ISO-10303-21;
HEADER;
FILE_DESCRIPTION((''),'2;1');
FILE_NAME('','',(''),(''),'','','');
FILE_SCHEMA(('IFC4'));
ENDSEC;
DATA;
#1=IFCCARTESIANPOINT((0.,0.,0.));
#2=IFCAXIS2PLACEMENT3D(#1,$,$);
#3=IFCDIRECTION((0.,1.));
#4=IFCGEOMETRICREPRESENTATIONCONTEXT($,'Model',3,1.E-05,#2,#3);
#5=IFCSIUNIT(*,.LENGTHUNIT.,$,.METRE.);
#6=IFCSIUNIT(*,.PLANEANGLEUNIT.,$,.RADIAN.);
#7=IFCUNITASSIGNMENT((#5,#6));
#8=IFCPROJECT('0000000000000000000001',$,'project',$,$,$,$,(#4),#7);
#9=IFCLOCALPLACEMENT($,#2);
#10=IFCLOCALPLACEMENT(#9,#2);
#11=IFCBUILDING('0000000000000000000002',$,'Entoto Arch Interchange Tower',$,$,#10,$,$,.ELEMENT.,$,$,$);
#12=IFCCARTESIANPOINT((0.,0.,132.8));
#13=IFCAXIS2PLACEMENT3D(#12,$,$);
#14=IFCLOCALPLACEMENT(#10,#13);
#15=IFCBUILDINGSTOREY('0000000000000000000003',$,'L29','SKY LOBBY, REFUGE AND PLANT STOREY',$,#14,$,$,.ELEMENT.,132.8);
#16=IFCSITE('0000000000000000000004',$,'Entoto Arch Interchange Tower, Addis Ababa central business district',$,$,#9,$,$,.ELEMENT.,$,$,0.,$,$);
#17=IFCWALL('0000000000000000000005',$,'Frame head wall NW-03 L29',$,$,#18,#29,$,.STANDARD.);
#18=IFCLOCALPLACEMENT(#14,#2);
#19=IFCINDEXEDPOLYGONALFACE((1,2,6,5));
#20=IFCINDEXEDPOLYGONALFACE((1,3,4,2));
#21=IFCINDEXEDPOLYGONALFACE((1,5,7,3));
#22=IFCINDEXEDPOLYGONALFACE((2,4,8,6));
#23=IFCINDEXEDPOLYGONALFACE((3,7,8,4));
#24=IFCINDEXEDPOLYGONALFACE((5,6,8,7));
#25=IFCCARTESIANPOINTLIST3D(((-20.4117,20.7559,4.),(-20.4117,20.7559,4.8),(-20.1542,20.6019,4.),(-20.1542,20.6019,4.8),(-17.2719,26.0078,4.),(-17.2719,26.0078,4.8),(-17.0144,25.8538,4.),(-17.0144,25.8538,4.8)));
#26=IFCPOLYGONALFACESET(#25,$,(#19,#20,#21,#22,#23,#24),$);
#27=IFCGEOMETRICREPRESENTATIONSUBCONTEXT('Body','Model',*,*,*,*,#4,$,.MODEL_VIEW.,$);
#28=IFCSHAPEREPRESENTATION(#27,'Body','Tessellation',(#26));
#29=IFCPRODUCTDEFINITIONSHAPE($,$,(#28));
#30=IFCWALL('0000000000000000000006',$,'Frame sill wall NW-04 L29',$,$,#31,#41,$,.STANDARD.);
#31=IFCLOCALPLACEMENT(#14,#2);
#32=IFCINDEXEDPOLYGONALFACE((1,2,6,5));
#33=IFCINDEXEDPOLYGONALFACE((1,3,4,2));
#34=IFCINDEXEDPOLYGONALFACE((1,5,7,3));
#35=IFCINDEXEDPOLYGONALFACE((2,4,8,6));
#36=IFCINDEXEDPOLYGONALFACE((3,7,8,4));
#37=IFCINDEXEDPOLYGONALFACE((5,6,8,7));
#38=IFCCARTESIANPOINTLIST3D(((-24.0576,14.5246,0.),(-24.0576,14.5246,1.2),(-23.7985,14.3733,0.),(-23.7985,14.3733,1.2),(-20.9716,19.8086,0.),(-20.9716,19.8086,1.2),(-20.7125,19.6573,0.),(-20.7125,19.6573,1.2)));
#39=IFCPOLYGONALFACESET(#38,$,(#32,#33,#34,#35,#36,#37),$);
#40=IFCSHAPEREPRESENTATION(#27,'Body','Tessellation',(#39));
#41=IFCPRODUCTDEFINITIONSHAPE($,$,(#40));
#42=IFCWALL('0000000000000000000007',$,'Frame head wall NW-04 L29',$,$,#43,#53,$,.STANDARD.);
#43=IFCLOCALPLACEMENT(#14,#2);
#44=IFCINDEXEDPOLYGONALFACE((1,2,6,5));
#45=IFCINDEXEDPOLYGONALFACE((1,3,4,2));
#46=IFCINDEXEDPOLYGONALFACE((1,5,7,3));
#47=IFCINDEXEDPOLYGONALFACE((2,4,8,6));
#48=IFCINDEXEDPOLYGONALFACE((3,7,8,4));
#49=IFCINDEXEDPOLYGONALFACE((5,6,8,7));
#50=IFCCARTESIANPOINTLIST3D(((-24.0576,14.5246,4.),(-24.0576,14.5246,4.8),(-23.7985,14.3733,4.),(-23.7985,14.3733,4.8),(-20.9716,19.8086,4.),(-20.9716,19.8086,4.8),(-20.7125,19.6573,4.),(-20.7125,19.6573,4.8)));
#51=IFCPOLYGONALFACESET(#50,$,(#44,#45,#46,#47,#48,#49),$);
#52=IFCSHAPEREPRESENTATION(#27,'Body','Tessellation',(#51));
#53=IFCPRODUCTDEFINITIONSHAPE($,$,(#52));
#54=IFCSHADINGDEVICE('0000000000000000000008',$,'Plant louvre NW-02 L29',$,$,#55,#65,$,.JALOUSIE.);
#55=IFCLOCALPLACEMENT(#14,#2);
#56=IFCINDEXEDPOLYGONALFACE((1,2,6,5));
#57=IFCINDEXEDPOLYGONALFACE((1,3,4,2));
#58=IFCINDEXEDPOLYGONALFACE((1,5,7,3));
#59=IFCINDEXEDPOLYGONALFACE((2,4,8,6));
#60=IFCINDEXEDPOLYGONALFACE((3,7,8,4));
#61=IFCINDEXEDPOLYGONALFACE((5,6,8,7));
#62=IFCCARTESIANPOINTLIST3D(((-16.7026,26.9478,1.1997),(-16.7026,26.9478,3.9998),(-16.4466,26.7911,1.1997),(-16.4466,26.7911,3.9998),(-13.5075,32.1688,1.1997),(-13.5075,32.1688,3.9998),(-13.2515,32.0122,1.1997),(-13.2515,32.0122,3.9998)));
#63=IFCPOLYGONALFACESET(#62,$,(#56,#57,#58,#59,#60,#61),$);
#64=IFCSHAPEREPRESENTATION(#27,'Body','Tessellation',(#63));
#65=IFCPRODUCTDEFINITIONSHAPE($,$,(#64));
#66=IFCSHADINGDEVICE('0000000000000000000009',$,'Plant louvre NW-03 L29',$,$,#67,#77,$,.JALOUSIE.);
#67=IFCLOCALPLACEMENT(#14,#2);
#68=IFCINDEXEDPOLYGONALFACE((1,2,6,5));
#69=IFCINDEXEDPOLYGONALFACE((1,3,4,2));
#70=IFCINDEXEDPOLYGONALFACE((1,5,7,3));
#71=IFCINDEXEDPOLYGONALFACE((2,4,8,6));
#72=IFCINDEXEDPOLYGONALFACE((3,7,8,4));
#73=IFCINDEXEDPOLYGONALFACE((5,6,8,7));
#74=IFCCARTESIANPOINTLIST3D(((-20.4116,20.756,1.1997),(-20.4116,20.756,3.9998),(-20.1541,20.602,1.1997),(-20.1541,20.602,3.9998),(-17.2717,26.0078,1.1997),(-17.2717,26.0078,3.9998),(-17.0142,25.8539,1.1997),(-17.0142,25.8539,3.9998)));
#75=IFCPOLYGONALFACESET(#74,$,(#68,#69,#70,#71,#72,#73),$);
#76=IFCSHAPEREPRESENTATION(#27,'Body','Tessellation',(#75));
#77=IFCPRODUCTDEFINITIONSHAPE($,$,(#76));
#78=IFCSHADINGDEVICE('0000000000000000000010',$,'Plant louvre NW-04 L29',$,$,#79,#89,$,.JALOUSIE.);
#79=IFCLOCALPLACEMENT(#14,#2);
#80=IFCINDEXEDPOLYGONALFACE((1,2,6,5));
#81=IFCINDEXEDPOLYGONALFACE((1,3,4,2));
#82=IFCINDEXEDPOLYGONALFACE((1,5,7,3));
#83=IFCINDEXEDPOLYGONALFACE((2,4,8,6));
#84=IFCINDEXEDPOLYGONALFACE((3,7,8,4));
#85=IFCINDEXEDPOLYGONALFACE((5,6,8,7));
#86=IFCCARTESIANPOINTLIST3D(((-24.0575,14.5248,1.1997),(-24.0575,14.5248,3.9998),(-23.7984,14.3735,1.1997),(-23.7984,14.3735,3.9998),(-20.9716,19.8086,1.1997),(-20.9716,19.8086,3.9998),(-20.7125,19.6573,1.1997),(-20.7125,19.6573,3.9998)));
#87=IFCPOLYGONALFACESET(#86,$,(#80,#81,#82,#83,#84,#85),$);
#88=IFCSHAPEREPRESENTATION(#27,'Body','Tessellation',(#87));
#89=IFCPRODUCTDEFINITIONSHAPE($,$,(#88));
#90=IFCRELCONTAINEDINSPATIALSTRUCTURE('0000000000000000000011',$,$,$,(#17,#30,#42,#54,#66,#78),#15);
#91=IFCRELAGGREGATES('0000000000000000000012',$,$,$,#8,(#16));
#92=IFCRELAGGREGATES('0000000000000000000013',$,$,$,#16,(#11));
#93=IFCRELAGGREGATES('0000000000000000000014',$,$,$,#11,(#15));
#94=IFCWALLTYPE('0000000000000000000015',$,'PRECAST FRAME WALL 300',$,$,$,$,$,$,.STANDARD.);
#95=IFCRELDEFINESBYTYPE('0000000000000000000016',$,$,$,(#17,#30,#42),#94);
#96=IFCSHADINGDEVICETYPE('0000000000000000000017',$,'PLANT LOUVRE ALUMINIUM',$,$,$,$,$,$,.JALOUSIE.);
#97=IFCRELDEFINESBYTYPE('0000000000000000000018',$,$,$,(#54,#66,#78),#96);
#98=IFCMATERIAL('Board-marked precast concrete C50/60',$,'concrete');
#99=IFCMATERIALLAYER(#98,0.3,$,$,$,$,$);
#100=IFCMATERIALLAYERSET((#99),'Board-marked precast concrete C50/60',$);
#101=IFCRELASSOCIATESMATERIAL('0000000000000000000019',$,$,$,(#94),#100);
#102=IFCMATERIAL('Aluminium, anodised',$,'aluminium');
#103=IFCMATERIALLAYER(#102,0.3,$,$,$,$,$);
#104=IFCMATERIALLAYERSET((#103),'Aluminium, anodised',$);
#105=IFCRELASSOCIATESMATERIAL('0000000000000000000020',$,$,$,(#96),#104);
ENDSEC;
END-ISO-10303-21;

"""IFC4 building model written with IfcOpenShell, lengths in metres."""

from ifc_helpers import new_model, si_unit, direction, frame, frame_2d, origin, origin_2d, place, context, subcontext, project, spatial, rectangle, extrude, material, layer, layer_set, type_object, element, save


model = new_model("IFC4")

# Units and contexts
model_context = context("Model", 3, precision=1e-05, world=origin(), true_north=direction((0.0, 1.0)))
body_context = subcontext(model_context, "Body", "Model", "MODEL_VIEW")
ifc_project = project(units=[si_unit("LENGTHUNIT", "METRE"), si_unit("PLANEANGLEUNIT", "RADIAN")], contexts=[model_context])

# Site, building, storey
site_placement = place(None, origin())
site = spatial("IfcSite", under=ifc_project, at=site_placement, Name="Entoto Arch Interchange Tower, Addis Ababa central business district", CompositionType="ELEMENT", RefElevation=0.0)
building_placement = place(site_placement, origin())
building = spatial("IfcBuilding", under=site, at=building_placement, Name="Entoto Arch Interchange Tower", CompositionType="ELEMENT")
storey_placement = place(building_placement, frame((0.0, 0.0, 132.8)))
storey = spatial("IfcBuildingStorey", under=building, at=storey_placement, Name="L29", Description="SKY LOBBY, REFUGE AND PLANT STOREY", CompositionType="ELEMENT", Elevation=132.8)

# Walls
ifc_material_1 = material(Name="Board-marked precast concrete C50/60", Category="concrete")
ifc_layer_1 = layer(ifc_material_1, 0.3)
ifc_layer_set_1 = layer_set([ifc_layer_1], Name="Board-marked precast concrete C50/60")
wall_type_1 = type_object("IfcWallType", Name="PRECAST FRAME WALL 300", PredefinedType="STANDARD", material=ifc_layer_set_1)
wall_1_placement = place(storey_placement, frame((-17.1431, 25.9309, 4.0), z_axis=(0.0, 0.0, 1.0), x_axis=(-0.51314, -0.858305, 0.0)))
element("IfcWall", 1, at=wall_1_placement, inside=storey, type_object=wall_type_1, Name="Frame head wall NW-03 L29", PredefinedType="STANDARD", context=body_context, shape_type="SweptSolid", body=[
    extrude(rectangle(XDim=6.1189, YDim=0.3, at=frame_2d((3.0596, 0.0))), origin(), (0.0, 0.0, 1.0), 0.8),
])
wall_2_placement = place(storey_placement, frame((-20.842, 19.7329, 0.0), z_axis=(0.0, 0.0, 1.0), x_axis=(-0.504315, -0.86352, 0.0)))
element("IfcWall", 2, at=wall_2_placement, inside=storey, type_object=wall_type_1, Name="Frame sill wall NW-04 L29", PredefinedType="STANDARD", context=body_context, shape_type="SweptSolid", body=[
    extrude(rectangle(XDim=6.1191, YDim=0.3, at=frame_2d((3.0596, 0.0))), origin(), (0.0, 0.0, 1.0), 1.2),
])
wall_3_placement = place(storey_placement, frame((-20.842, 19.7329, 4.0), z_axis=(0.0, 0.0, 1.0), x_axis=(-0.504315, -0.86352, 0.0)))
element("IfcWall", 3, at=wall_3_placement, inside=storey, type_object=wall_type_1, Name="Frame head wall NW-04 L29", PredefinedType="STANDARD", context=body_context, shape_type="SweptSolid", body=[
    extrude(rectangle(XDim=6.1191, YDim=0.3, at=frame_2d((3.0596, 0.0))), origin(), (0.0, 0.0, 1.0), 0.8),
])

# Shading devices
ifc_material_2 = material(Name="Aluminium, anodised", Category="aluminium")
ifc_layer_2 = layer(ifc_material_2, 0.3)
ifc_layer_set_2 = layer_set([ifc_layer_2], Name="Aluminium, anodised")
shading_device_type = type_object("IfcShadingDeviceType", Name="PLANT LOUVRE ALUMINIUM", PredefinedType="JALOUSIE", material=ifc_layer_set_2)
shading_device_placement = place(storey_placement, frame((-14.9771, 29.48, 1.1997), z_axis=(0.0, 0.0, 1.0), x_axis=(-0.521978, -0.852959, 0.0)))
element("IfcShadingDevice", 4, at=shading_device_placement, inside=storey, type_object=shading_device_type, Name="Plant louvre NW-02 L29", PredefinedType="JALOUSIE", context=body_context, shape_type="SweptSolid", body=[
    extrude(rectangle(XDim=6.1211, YDim=0.3, at=origin_2d()), origin(), (0.0, 0.0, 1.0), 2.8),
])
for number, where, z_axis, x_axis, name in (
    (5, (-18.7129, 23.3049, 1.1997), (0.0, 0.0, 1.0), (-0.513152, -0.858298, 0.0), "Plant louvre NW-03 L29"),
    (6, (-22.385, 17.0911, 1.1997), (0.0, 0.0, 1.0), (-0.504317, -0.863519, 0.0), "Plant louvre NW-04 L29"),
):
    element("IfcShadingDevice", number, at=place(storey_placement, frame(where, z_axis=z_axis, x_axis=x_axis)), inside=storey, type_object=shading_device_type, Name=name, PredefinedType="JALOUSIE", context=body_context, shape_type="SweptSolid", body=[
        extrude(rectangle(XDim=6.1189, YDim=0.3, at=origin_2d()), origin(), (0.0, 0.0, 1.0), 2.8),
    ])

save(model, "model.ifc")
